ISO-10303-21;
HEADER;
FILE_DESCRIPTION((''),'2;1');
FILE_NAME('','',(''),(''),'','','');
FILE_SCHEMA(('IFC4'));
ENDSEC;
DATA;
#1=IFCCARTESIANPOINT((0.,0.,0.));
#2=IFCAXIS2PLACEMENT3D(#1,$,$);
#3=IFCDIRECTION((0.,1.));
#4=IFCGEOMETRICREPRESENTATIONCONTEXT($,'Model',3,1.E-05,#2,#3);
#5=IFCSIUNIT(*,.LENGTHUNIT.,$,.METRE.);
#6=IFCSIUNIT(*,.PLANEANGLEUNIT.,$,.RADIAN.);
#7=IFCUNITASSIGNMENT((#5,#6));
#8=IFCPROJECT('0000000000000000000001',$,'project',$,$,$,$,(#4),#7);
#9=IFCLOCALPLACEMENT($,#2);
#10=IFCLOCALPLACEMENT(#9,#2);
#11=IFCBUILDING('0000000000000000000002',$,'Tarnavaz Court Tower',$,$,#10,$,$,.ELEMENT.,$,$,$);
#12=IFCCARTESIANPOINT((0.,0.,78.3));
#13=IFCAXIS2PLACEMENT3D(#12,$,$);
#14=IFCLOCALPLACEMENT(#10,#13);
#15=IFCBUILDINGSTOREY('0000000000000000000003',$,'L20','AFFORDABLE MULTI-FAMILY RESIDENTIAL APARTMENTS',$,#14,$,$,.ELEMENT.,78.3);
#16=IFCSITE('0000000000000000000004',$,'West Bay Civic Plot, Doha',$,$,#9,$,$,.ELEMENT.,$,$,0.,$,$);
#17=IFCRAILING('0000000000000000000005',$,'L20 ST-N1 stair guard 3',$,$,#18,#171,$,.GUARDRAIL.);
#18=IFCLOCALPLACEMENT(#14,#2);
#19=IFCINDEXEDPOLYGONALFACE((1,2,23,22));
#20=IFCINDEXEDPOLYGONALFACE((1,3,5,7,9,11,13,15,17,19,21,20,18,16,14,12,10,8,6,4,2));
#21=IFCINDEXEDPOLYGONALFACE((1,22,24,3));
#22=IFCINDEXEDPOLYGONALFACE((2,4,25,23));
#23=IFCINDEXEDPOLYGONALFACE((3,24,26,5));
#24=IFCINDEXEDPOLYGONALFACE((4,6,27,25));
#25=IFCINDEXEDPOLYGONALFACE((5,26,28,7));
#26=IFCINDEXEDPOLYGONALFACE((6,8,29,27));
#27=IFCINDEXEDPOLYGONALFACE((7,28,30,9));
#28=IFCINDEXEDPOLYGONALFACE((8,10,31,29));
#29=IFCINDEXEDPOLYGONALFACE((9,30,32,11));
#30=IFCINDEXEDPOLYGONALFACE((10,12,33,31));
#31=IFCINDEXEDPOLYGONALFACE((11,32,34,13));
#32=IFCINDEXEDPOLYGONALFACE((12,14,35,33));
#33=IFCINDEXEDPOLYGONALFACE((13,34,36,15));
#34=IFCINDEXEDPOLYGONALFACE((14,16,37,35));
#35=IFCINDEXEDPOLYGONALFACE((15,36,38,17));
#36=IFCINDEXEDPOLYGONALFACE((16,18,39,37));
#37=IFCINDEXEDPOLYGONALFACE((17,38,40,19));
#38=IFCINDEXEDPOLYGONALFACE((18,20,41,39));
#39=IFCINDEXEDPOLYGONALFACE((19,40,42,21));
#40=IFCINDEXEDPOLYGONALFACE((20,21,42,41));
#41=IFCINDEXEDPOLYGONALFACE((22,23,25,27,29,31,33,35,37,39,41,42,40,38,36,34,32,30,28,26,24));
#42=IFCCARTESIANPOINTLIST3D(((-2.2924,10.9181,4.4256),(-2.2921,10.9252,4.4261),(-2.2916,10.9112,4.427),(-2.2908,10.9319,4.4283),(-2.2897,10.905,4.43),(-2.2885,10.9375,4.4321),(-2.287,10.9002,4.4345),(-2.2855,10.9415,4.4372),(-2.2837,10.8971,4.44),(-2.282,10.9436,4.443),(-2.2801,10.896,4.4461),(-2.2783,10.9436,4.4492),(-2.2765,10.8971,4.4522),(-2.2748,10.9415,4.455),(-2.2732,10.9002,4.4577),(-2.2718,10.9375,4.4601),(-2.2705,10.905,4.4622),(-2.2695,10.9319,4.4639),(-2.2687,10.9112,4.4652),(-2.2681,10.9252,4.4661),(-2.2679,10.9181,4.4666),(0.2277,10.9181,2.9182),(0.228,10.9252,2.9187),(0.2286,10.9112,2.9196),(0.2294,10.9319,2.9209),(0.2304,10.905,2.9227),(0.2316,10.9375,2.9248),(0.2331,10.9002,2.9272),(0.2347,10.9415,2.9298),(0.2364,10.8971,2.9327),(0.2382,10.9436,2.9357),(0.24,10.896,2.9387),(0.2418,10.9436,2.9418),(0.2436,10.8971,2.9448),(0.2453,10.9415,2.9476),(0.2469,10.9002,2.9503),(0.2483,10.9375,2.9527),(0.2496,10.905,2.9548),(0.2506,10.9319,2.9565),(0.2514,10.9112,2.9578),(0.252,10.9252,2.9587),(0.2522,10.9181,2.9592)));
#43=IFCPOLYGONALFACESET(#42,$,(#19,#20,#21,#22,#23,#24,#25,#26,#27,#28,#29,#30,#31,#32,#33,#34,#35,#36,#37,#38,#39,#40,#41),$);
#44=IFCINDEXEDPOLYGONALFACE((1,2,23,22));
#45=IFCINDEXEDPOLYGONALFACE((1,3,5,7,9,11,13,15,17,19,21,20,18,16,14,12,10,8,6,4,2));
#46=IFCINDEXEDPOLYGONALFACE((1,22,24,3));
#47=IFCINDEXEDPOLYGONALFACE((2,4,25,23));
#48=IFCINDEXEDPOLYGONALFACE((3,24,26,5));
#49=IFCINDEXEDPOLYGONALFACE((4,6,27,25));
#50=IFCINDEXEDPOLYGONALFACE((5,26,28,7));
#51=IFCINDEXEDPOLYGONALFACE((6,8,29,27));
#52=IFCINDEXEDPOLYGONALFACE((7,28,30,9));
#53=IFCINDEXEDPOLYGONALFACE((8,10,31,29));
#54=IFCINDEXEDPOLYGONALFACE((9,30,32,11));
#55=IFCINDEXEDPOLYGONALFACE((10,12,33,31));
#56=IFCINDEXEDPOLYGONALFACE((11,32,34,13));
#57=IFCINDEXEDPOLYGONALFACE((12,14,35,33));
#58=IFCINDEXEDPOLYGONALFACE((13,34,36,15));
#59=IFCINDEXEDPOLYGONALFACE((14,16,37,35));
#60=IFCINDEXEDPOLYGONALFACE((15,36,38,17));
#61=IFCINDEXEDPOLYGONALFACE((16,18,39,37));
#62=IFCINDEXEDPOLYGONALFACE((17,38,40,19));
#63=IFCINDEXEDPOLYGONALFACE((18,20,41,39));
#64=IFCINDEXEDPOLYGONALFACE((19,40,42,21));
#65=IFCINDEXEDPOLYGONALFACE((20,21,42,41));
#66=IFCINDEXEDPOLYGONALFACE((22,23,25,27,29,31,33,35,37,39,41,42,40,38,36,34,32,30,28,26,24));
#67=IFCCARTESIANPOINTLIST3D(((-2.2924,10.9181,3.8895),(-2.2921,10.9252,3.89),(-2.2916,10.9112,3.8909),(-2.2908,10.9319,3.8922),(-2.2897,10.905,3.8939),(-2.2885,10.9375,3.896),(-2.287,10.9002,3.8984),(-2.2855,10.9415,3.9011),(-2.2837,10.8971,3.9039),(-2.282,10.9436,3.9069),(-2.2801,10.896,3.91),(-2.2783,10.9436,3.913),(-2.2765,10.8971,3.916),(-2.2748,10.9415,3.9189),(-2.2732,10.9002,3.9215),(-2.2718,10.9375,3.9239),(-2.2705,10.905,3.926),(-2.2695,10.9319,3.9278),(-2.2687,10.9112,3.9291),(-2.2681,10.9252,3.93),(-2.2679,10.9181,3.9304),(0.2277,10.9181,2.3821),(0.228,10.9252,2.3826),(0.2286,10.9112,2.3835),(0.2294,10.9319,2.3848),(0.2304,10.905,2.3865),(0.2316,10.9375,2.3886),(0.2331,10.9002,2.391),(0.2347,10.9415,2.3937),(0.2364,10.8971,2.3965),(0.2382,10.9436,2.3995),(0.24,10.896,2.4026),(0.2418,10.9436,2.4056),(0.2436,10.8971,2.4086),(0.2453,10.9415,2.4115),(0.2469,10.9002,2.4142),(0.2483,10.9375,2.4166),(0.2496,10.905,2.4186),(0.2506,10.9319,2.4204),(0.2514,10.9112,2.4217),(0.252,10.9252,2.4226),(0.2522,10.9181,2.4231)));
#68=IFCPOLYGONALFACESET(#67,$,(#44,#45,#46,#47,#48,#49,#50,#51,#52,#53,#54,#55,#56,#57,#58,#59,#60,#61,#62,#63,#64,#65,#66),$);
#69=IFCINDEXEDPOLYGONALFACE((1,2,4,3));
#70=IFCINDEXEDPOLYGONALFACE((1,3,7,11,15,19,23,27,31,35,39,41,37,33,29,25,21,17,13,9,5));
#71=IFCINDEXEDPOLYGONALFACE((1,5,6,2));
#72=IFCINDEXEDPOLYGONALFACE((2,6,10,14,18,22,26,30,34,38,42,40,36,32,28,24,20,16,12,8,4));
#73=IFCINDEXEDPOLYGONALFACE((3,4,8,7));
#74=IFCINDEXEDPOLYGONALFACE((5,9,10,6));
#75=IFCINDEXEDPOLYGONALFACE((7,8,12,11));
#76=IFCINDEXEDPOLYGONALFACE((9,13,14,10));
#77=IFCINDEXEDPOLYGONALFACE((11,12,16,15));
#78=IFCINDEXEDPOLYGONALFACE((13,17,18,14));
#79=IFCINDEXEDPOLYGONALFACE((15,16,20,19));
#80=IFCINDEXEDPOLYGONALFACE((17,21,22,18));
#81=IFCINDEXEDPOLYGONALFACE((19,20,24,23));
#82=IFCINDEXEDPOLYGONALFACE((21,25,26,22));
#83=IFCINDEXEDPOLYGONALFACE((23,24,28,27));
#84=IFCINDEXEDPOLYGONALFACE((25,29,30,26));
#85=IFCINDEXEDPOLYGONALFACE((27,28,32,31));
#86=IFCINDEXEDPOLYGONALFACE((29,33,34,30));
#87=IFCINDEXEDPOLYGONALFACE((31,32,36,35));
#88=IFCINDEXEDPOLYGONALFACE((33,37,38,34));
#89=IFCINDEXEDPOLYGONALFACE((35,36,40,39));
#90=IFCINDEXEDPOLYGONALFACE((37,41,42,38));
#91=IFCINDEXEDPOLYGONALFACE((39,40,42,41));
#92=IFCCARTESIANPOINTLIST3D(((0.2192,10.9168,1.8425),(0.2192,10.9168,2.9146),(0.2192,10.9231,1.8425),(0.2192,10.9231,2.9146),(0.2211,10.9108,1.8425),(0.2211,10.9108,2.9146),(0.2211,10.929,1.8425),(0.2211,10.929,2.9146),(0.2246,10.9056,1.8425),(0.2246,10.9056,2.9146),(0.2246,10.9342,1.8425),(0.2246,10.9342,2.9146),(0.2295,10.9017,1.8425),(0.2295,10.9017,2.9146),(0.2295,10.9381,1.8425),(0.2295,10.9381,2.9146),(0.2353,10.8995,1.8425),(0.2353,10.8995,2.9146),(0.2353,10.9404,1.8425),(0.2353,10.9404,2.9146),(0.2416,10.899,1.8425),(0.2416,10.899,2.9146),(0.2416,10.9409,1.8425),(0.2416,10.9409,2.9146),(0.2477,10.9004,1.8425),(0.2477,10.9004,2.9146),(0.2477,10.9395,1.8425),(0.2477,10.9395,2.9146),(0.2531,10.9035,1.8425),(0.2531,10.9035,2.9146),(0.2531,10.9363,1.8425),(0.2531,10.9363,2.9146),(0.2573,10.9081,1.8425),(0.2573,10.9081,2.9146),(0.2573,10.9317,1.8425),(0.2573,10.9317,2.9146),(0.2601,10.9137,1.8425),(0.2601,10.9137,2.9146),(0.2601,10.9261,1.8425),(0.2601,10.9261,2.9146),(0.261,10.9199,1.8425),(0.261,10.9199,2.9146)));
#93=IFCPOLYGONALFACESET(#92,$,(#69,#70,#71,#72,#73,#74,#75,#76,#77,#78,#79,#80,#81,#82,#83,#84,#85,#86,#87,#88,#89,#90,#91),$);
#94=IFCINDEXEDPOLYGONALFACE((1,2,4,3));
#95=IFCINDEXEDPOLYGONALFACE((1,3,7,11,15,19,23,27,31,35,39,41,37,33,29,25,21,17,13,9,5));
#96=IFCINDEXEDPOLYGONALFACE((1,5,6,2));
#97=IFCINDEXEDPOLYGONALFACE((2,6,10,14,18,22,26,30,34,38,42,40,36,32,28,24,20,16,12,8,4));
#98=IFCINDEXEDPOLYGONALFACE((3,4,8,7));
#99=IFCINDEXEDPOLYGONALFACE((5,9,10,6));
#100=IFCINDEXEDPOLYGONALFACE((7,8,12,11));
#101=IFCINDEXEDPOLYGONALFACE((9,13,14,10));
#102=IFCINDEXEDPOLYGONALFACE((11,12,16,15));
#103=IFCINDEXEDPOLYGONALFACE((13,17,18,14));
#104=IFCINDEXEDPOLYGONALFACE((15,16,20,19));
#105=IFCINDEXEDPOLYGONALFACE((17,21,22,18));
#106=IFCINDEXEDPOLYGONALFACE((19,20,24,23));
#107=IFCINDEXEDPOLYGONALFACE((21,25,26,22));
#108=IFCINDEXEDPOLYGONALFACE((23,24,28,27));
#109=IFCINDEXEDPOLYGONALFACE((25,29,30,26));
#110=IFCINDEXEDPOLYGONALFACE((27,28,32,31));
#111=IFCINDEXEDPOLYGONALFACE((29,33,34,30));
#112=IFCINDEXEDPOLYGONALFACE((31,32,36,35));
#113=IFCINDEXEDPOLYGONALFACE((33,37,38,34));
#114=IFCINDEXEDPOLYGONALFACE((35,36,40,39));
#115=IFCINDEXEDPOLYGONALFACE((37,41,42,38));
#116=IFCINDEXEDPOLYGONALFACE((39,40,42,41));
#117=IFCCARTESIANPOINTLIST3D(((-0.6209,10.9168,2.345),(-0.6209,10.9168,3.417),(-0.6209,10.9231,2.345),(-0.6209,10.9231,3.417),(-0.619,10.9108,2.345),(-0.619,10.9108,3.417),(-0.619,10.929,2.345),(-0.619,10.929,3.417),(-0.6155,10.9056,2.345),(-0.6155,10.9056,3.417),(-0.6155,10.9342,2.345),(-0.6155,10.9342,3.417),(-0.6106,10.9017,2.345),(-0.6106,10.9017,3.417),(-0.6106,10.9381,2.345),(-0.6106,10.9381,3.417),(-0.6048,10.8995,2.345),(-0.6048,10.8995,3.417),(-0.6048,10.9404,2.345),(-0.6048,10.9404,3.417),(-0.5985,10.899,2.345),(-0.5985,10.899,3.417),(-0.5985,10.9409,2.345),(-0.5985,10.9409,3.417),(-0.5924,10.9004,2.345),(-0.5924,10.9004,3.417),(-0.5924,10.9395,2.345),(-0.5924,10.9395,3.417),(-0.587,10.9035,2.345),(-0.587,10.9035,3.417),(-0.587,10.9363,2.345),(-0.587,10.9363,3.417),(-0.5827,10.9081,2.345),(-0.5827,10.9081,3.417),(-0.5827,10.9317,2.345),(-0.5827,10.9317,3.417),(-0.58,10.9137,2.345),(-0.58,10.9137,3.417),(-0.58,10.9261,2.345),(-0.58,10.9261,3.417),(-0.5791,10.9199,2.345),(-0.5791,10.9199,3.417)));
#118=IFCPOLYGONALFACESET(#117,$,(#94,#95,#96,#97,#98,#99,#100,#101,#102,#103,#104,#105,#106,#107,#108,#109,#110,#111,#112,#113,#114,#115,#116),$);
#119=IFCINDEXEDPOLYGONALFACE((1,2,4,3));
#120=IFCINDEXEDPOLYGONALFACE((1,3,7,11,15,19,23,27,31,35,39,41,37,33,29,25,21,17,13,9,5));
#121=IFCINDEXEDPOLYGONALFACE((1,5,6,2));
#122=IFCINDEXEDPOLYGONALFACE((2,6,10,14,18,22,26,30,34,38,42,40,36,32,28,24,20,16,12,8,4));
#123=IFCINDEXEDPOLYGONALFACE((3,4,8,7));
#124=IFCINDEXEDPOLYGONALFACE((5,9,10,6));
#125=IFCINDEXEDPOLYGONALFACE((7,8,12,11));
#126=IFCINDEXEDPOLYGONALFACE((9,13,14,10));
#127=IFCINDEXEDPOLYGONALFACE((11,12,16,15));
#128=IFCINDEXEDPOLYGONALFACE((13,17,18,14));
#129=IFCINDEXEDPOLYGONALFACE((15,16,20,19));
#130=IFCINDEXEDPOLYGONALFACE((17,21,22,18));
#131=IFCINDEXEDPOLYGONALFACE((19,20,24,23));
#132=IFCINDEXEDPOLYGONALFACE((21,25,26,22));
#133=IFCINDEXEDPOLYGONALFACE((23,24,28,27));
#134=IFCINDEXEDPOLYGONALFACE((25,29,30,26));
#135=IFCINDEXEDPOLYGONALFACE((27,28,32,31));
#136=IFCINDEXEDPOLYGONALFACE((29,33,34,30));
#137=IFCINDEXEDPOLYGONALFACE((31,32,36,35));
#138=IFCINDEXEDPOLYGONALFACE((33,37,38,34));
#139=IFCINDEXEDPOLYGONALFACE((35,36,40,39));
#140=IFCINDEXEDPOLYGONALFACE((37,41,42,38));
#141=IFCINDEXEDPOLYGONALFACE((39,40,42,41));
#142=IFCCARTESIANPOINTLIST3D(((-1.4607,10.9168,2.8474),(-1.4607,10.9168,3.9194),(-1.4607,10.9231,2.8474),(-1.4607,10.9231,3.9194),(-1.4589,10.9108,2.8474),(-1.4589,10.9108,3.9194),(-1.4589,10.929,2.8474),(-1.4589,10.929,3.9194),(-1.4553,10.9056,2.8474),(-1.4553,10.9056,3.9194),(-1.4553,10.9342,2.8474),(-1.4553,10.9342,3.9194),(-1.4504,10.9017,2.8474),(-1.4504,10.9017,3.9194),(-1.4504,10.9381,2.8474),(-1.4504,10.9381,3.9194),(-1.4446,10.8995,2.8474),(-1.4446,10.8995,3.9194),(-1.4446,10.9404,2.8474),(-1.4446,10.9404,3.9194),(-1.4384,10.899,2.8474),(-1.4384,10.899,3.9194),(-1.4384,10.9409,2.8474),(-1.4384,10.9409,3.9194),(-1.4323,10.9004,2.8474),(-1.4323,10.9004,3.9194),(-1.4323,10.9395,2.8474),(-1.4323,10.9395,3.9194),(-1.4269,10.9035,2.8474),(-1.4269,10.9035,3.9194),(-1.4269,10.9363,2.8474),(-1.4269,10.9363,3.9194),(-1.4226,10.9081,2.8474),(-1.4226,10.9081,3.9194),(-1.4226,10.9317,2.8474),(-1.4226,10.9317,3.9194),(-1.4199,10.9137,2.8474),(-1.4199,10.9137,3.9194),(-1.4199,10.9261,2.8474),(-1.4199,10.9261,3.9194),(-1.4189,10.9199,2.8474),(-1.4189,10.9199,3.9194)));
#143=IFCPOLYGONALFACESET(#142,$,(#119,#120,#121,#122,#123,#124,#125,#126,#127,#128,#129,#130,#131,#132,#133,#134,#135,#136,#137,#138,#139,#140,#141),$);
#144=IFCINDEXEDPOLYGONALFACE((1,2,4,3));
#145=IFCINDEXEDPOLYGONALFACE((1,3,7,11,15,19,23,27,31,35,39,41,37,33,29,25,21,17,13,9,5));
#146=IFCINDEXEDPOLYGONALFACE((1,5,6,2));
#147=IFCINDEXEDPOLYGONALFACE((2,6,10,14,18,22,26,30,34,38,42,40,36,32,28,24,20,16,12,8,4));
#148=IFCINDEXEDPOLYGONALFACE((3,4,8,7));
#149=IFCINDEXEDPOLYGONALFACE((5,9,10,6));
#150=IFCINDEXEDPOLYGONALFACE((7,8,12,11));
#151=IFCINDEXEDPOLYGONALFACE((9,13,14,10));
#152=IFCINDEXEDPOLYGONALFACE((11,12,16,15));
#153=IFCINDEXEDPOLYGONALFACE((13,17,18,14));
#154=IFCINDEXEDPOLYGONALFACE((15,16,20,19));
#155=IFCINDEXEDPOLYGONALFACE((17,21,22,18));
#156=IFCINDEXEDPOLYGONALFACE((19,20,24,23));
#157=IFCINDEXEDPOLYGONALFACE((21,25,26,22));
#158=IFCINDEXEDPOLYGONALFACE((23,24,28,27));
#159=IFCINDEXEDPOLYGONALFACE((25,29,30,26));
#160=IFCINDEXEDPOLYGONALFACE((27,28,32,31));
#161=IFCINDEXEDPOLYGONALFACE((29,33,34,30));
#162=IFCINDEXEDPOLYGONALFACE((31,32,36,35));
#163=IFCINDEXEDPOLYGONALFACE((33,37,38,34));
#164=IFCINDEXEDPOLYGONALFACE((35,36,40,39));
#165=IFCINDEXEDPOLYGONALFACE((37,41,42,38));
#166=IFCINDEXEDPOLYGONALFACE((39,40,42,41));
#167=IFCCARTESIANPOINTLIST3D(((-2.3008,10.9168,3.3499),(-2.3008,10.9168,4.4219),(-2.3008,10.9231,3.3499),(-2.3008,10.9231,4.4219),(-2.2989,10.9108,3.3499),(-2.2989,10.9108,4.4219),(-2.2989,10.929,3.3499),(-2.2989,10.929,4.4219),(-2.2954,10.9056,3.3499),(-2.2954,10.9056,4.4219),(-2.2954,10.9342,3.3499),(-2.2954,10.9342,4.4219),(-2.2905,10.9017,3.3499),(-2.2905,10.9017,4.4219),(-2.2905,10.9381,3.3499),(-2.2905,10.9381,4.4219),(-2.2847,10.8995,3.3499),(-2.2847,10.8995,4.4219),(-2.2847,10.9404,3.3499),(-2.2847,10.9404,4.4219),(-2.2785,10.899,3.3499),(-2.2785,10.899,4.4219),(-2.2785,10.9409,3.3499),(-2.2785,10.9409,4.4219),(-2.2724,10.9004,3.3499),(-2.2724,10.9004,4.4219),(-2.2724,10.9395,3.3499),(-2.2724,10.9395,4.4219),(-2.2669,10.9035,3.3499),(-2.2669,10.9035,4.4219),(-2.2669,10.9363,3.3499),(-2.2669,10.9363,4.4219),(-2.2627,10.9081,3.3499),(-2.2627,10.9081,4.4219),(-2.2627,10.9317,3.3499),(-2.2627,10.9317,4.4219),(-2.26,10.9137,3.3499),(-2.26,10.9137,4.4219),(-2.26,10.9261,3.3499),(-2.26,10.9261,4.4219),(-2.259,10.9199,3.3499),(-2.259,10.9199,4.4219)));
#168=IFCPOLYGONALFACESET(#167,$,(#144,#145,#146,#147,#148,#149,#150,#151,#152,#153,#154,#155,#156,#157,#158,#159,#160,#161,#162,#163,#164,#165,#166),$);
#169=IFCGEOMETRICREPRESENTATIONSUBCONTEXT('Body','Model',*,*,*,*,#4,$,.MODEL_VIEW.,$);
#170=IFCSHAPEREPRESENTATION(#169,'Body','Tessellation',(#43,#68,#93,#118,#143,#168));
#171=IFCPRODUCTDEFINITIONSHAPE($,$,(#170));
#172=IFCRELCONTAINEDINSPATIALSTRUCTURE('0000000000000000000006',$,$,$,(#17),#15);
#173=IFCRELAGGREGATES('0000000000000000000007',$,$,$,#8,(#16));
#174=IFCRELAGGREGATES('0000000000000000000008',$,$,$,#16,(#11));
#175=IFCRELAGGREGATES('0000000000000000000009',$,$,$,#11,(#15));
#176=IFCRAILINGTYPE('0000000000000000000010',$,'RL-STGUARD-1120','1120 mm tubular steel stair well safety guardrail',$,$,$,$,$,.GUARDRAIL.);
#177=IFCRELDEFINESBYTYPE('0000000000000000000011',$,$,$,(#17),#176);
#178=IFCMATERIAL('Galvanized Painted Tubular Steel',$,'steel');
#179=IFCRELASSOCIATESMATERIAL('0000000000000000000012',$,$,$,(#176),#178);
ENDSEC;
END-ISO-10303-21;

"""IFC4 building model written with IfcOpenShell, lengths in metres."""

from ifc_helpers import new_model, si_unit, direction, frame, origin, origin_2d, place, context, subcontext, project, spatial, circle, extrude, material, type_object, element, save


model = new_model("IFC4")

# Units and contexts
model_context = context("Model", 3, precision=1e-05, world=origin(), true_north=direction((0.0, 1.0)))
body_context = subcontext(model_context, "Body", "Model", "MODEL_VIEW")
ifc_project = project(units=[si_unit("LENGTHUNIT", "METRE"), si_unit("PLANEANGLEUNIT", "RADIAN")], contexts=[model_context])

# Site, building, storey
site_placement = place(None, origin())
site = spatial("IfcSite", under=ifc_project, at=site_placement, Name="West Bay Civic Plot, Doha", CompositionType="ELEMENT", RefElevation=0.0)
building_placement = place(site_placement, origin())
building = spatial("IfcBuilding", under=site, at=building_placement, Name="Tarnavaz Court Tower", CompositionType="ELEMENT")
storey_placement = place(building_placement, frame((0.0, 0.0, 78.3)))
storey = spatial("IfcBuildingStorey", under=building, at=storey_placement, Name="L20", Description="AFFORDABLE MULTI-FAMILY RESIDENTIAL APARTMENTS", CompositionType="ELEMENT", Elevation=78.3)

# Railing
ifc_material_1 = material(Name="Galvanized Painted Tubular Steel", Category="steel")
railing_type_1 = type_object("IfcRailingType", Name="RL-STGUARD-1120", Description="1120 mm tubular steel stair well safety guardrail", PredefinedType="GUARDRAIL", material=ifc_material_1)
railing_1_placement = place(storey_placement, frame((0.24, 10.9199, 1.8425)))
element("IfcRailing", 1, at=railing_1_placement, inside=storey, type_object=railing_type_1, Name="L20 ST-N1 stair guard 3", PredefinedType="GUARDRAIL", context=body_context, shape_type="SweptSolid", body=[
    extrude(circle(Radius=0.0239, at=origin_2d()), frame((0.0, 0.0, 1.0962), z_axis=(-0.858196, 0.0, 0.513321), x_axis=(0.0, -1.0, 0.0)), (0.0, 0.0, 1.0), 2.9365),
    extrude(circle(Radius=0.0239, at=origin_2d()), frame((0.0, 0.0, 0.5601), z_axis=(-0.858196, 0.0, 0.513321), x_axis=(0.0, -1.0, 0.0)), (0.0, 0.0, 1.0), 2.9365),
    extrude(circle(Radius=0.021, at=origin_2d()), origin(), (0.0, 0.0, 1.0), 1.072),
    extrude(circle(Radius=0.021, at=origin_2d()), frame((-0.8401, 0.0, 0.5024)), (0.0, 0.0, 1.0), 1.072),
    extrude(circle(Radius=0.021, at=origin_2d()), frame((-1.6799, 0.0, 1.0049)), (0.0, 0.0, 1.0), 1.072),
    extrude(circle(Radius=0.021, at=origin_2d()), frame((-2.52, 0.0, 1.5073)), (0.0, 0.0, 1.0), 1.072),
])

save(model, "model.ifc")
